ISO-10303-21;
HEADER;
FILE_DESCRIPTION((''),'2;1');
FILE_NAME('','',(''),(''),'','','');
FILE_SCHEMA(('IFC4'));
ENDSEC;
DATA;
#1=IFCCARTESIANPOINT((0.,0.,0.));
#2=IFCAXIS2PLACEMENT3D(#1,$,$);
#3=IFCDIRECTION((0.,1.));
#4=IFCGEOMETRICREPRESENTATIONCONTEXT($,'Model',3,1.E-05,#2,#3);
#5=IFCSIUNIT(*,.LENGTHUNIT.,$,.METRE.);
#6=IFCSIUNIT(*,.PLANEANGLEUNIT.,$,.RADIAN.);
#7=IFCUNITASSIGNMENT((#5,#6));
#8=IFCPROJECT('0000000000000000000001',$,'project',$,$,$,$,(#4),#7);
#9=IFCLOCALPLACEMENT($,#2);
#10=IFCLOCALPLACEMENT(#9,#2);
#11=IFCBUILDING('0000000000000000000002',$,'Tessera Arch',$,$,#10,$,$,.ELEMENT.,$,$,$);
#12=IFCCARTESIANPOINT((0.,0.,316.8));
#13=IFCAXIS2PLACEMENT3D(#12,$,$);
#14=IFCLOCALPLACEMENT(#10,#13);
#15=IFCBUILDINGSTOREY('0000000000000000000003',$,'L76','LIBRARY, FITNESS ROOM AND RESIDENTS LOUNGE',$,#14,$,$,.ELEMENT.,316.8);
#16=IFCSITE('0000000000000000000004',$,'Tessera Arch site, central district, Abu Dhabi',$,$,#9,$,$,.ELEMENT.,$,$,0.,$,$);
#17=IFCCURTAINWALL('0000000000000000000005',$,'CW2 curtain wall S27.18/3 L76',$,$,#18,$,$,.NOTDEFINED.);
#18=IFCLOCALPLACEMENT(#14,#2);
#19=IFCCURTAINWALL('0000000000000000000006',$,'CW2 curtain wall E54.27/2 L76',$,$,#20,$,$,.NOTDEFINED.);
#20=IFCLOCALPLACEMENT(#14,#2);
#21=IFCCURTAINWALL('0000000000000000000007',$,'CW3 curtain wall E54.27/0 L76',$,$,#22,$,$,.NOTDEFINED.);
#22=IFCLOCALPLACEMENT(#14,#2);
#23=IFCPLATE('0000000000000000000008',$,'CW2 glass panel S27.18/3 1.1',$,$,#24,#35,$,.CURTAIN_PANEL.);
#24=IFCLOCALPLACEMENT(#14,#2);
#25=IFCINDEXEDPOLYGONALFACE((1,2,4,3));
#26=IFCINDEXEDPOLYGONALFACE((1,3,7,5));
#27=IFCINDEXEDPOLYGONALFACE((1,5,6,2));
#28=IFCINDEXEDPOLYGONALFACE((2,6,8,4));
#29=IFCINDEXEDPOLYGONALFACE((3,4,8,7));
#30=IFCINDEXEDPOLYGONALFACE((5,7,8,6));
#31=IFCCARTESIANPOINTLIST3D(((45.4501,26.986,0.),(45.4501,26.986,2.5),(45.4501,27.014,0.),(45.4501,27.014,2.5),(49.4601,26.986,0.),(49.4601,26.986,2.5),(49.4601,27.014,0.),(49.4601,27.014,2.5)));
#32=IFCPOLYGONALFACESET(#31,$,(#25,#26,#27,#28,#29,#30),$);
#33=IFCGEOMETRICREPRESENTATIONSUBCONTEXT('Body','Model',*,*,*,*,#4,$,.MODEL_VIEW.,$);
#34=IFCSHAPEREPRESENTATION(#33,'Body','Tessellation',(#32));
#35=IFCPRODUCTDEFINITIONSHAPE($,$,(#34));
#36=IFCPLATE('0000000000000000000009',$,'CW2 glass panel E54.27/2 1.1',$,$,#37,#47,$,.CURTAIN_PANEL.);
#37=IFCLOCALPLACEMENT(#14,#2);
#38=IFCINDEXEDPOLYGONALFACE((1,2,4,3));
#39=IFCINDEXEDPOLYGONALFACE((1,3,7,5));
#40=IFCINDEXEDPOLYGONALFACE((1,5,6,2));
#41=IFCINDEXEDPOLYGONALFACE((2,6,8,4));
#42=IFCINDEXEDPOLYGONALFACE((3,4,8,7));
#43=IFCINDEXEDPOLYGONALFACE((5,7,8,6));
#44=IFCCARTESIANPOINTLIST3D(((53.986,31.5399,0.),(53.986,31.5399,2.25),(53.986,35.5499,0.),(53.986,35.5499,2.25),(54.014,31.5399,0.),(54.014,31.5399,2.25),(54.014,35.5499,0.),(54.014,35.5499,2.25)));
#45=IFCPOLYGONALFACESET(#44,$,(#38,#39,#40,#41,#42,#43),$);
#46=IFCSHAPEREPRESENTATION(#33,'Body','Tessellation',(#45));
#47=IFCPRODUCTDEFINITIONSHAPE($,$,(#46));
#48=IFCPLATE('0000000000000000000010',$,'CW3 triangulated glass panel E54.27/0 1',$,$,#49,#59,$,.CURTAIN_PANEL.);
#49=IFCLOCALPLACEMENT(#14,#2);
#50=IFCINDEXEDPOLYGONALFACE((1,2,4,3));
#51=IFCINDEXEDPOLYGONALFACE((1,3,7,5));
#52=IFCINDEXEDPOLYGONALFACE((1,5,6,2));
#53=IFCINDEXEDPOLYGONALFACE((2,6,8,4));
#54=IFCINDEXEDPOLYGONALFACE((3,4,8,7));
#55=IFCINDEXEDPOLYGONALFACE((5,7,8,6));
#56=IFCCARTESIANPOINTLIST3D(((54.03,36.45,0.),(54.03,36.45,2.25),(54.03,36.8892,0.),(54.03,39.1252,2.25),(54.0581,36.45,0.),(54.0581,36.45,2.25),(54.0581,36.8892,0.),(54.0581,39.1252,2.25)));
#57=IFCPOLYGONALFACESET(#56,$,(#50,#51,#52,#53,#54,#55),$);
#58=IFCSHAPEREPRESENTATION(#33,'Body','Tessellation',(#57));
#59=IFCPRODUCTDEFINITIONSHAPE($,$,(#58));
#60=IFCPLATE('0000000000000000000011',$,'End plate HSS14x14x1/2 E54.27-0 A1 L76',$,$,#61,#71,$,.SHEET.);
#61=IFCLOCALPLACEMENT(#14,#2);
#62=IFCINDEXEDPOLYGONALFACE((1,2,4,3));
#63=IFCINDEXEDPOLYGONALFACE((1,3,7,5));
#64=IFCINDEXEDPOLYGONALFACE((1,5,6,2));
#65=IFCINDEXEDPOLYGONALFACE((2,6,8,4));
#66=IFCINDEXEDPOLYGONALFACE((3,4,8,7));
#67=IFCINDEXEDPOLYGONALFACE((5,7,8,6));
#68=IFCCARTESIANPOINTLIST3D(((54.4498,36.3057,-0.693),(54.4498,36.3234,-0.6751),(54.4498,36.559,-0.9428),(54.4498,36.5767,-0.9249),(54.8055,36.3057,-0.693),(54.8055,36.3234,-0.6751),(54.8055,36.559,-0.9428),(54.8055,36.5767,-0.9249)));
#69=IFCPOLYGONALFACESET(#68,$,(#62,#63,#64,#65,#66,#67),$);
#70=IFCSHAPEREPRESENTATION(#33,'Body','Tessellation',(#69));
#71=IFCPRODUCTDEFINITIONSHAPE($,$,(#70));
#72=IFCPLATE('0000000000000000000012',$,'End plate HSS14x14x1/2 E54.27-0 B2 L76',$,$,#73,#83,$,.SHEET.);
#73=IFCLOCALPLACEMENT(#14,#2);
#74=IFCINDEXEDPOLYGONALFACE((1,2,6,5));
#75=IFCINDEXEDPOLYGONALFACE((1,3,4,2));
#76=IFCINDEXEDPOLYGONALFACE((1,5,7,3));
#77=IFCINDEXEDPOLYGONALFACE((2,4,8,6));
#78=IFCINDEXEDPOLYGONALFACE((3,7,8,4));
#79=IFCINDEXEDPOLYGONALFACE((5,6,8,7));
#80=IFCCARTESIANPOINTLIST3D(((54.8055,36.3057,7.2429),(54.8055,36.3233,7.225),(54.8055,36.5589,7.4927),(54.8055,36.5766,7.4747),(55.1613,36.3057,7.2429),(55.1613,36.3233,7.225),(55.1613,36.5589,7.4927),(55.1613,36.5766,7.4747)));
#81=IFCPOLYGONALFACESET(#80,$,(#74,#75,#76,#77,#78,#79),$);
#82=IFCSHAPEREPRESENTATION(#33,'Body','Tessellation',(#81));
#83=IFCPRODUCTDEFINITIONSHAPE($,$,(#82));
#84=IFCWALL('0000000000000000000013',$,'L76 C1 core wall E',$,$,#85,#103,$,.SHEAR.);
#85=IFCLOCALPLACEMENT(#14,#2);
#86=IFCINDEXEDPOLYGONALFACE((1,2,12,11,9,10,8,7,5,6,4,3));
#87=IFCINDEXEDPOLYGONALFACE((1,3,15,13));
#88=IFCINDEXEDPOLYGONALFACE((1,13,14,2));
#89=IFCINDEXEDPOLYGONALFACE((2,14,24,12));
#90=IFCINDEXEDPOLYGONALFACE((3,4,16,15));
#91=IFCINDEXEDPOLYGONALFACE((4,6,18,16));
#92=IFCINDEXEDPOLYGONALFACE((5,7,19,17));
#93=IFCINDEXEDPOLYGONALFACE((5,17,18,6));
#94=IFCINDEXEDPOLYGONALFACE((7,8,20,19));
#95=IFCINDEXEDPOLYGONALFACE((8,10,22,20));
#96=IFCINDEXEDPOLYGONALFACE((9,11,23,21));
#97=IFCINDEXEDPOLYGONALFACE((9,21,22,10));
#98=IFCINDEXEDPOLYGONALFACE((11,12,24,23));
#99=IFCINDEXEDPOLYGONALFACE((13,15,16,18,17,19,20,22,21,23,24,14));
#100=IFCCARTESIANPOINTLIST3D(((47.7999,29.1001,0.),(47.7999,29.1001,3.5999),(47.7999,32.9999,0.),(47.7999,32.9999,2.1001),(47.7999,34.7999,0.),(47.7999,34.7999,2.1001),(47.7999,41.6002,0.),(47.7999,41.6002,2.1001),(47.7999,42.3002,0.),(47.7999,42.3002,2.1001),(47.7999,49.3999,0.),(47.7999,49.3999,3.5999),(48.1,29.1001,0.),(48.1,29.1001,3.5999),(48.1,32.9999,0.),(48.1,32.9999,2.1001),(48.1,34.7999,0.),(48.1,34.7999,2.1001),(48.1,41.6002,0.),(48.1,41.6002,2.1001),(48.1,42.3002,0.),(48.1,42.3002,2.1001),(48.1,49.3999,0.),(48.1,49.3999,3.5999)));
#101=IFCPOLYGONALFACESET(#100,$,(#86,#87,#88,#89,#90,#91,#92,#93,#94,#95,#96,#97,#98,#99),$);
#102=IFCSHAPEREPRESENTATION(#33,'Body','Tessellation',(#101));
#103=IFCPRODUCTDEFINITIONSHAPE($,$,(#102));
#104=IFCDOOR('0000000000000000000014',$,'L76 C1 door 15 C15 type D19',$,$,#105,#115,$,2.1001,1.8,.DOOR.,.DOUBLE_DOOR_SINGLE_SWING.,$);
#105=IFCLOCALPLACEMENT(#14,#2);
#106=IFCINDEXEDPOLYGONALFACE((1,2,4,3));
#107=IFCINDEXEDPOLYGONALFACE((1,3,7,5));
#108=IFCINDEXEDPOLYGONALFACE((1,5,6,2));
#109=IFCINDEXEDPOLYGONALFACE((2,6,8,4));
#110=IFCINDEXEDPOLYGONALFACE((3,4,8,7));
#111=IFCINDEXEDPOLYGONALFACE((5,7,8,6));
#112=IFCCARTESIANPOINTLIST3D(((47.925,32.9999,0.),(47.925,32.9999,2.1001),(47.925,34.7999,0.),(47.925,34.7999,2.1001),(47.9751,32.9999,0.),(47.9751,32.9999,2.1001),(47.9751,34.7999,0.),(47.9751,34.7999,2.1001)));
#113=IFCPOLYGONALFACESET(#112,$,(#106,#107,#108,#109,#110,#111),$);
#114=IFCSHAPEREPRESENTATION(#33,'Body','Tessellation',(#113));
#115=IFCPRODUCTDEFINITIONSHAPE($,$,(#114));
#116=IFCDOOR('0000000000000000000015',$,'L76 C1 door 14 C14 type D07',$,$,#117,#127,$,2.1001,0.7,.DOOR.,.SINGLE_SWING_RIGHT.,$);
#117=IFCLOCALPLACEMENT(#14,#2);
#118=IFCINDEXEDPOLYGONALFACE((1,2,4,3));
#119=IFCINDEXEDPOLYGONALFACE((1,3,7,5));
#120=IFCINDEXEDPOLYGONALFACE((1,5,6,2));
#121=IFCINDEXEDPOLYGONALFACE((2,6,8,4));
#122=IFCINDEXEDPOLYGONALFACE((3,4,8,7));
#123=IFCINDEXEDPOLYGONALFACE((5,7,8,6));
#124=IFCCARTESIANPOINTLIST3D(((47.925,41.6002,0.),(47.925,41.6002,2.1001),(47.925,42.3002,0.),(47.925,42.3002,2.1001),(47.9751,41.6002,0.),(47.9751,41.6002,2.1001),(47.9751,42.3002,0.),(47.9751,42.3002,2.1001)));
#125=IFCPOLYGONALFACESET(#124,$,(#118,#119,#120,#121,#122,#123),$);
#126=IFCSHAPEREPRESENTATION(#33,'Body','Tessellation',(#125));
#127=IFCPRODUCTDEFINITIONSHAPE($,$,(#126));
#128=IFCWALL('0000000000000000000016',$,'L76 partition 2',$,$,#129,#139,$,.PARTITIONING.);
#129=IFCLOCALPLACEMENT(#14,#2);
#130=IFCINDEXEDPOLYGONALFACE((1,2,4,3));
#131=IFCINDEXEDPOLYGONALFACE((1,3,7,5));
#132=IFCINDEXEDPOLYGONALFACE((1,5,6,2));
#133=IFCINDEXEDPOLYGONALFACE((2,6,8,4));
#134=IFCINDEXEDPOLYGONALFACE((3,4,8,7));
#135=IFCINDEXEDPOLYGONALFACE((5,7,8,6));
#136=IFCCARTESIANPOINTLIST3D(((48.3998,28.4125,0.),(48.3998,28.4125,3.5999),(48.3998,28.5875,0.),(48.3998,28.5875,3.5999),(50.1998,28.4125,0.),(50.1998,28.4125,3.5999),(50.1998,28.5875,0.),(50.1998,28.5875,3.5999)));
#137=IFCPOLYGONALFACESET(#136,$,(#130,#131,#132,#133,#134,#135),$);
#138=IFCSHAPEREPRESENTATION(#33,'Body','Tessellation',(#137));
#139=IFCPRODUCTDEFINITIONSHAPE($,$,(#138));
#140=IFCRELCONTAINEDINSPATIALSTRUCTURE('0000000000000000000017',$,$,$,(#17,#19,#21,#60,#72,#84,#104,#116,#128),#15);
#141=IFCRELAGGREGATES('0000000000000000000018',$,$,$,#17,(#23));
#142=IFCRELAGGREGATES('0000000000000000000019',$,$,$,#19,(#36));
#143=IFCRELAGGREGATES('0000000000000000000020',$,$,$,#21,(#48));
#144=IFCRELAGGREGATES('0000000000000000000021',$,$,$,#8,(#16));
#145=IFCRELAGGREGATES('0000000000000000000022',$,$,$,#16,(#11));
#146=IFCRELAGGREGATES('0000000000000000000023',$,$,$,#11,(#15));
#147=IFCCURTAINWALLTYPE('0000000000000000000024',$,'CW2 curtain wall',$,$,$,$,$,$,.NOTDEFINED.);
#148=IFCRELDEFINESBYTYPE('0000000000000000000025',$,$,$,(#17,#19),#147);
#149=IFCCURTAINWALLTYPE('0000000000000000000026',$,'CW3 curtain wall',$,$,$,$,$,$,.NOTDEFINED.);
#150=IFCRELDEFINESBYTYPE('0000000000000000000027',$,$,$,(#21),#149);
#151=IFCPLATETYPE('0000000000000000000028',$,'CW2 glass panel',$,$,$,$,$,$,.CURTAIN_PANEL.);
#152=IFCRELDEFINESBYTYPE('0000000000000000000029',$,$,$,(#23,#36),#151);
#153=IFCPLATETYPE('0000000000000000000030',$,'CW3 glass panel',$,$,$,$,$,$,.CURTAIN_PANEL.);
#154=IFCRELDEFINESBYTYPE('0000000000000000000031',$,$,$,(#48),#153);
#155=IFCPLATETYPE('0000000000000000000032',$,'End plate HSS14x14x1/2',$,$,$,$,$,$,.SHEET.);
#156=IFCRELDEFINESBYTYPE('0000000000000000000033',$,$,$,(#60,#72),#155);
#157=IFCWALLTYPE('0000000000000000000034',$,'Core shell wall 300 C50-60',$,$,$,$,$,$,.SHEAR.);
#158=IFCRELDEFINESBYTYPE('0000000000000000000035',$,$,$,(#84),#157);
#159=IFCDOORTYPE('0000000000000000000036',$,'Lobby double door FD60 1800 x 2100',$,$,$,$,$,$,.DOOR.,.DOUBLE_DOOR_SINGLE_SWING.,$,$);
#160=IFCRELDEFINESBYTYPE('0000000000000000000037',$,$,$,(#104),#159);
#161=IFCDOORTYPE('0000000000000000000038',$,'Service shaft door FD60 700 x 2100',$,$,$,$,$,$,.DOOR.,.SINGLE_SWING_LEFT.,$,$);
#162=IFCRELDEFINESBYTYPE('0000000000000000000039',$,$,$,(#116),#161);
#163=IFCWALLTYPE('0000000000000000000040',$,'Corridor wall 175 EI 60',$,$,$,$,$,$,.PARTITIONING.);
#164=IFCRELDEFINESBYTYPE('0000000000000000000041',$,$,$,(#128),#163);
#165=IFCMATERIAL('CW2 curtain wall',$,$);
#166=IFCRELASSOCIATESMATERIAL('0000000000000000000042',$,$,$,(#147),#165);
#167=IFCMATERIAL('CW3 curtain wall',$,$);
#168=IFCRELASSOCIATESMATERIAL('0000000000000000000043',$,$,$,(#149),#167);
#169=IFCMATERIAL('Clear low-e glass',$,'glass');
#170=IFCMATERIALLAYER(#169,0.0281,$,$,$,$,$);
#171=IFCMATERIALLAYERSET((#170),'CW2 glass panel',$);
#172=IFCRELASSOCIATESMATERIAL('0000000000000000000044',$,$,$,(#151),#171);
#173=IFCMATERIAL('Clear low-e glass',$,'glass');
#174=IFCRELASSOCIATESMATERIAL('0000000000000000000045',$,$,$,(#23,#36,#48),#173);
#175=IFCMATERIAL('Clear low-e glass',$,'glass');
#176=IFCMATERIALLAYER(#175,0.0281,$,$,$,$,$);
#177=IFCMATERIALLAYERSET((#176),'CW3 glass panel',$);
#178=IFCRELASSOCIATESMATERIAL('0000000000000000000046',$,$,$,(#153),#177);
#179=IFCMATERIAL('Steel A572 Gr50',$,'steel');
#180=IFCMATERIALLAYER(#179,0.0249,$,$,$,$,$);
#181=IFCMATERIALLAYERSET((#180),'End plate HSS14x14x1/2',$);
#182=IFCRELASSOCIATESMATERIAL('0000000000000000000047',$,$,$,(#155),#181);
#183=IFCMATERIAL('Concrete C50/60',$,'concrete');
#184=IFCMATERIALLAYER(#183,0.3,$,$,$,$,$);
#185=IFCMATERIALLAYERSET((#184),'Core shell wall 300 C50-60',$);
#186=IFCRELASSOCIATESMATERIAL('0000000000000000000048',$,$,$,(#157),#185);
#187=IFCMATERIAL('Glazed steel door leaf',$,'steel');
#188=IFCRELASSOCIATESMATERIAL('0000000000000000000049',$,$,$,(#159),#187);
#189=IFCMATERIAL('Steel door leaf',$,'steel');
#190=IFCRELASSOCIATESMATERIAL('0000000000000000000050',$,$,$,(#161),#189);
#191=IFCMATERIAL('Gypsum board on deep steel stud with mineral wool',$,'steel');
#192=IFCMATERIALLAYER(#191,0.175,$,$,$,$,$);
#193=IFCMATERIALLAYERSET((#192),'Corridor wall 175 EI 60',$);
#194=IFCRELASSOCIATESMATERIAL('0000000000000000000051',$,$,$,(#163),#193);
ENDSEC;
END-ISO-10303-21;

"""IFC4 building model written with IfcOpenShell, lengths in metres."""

from ifc_helpers import new_model, si_unit, direction, frame, frame_2d, origin, origin_2d, place, context, subcontext, project, spatial, polyline, rectangle, outline, extrude, material, layer, layer_set, type_object, element, fill, aggregate, save


model = new_model("IFC4")

# Units and contexts
model_context = context("Model", 3, precision=1e-05, world=origin(), true_north=direction((0.0, 1.0)))
body_context = subcontext(model_context, "Body", "Model", "MODEL_VIEW")
ifc_project = project(units=[si_unit("LENGTHUNIT", "METRE"), si_unit("PLANEANGLEUNIT", "RADIAN")], contexts=[model_context])

# Site, building, storey
site_placement = place(None, origin())
site = spatial("IfcSite", under=ifc_project, at=site_placement, Name="Tessera Arch site, central district, Abu Dhabi", CompositionType="ELEMENT", RefElevation=0.0)
building_placement = place(site_placement, origin())
building = spatial("IfcBuilding", under=site, at=building_placement, Name="Tessera Arch", CompositionType="ELEMENT")
storey_placement = place(building_placement, frame((0.0, 0.0, 316.8)))
storey = spatial("IfcBuildingStorey", under=building, at=storey_placement, Name="L76", Description="LIBRARY, FITNESS ROOM AND RESIDENTS LOUNGE", CompositionType="ELEMENT", Elevation=316.8)

# Curtain walls
ifc_material_1 = material(Name="CW2 curtain wall")
curtain_wall_type_1 = type_object("IfcCurtainWallType", Name="CW2 curtain wall", PredefinedType="NOTDEFINED", material=ifc_material_1)
curtain_wall_1_placement = place(storey_placement, origin())
curtain_wall_1 = element("IfcCurtainWall", 1, at=curtain_wall_1_placement, inside=storey, type_object=curtain_wall_type_1, Name="CW2 curtain wall S27.18/3 L76", PredefinedType="NOTDEFINED")
curtain_wall_2_placement = place(storey_placement, origin())
curtain_wall_2 = element("IfcCurtainWall", 2, at=curtain_wall_2_placement, inside=storey, type_object=curtain_wall_type_1, Name="CW2 curtain wall E54.27/2 L76", PredefinedType="NOTDEFINED")
ifc_material_2 = material(Name="CW3 curtain wall")
curtain_wall_type_2 = type_object("IfcCurtainWallType", Name="CW3 curtain wall", PredefinedType="NOTDEFINED", material=ifc_material_2)
curtain_wall_3_placement = place(storey_placement, origin())
curtain_wall_3 = element("IfcCurtainWall", 3, at=curtain_wall_3_placement, inside=storey, type_object=curtain_wall_type_2, Name="CW3 curtain wall E54.27/0 L76", PredefinedType="NOTDEFINED")

# Plates
ifc_material_3 = material(Name="Clear low-e glass", Category="glass")
ifc_material_4 = material(Name="Clear low-e glass", Category="glass")
ifc_layer_1 = layer(ifc_material_4, 0.0281)
ifc_layer_set_1 = layer_set([ifc_layer_1], Name="CW2 glass panel")
plate_type_1 = type_object("IfcPlateType", Name="CW2 glass panel", PredefinedType="CURTAIN_PANEL", material=ifc_layer_set_1)
plate_1_placement = place(storey_placement, frame((47.4551, 27.0, 0.0), z_axis=(0.0, 0.0, 1.0), x_axis=(1.0, 0.0, 0.0)))
plate_1 = element("IfcPlate", 4, at=plate_1_placement, type_object=plate_type_1, material=ifc_material_3, Name="CW2 glass panel S27.18/3 1.1", PredefinedType="CURTAIN_PANEL", context=body_context, shape_type="SweptSolid", body=[
    extrude(rectangle(XDim=4.01, YDim=0.0281, at=origin_2d()), origin(), (0.0, 0.0, 1.0), 2.5),
])
aggregate(curtain_wall_1, [plate_1])
plate_2_placement = place(storey_placement, frame((54.0, 33.5449, 0.0), z_axis=(0.0, 0.0, 1.0), x_axis=(0.0, 1.0, 0.0)))
plate_2 = element("IfcPlate", 5, at=plate_2_placement, type_object=plate_type_1, material=ifc_material_3, Name="CW2 glass panel E54.27/2 1.1", PredefinedType="CURTAIN_PANEL", context=body_context, shape_type="SweptSolid", body=[
    extrude(rectangle(XDim=4.01, YDim=0.0281, at=origin_2d()), origin(), (0.0, 0.0, 1.0), 2.25),
])
aggregate(curtain_wall_2, [plate_2])
ifc_material_5 = material(Name="Clear low-e glass", Category="glass")
ifc_layer_2 = layer(ifc_material_5, 0.0281)
ifc_layer_set_2 = layer_set([ifc_layer_2], Name="CW3 glass panel")
plate_type_2 = type_object("IfcPlateType", Name="CW3 glass panel", PredefinedType="CURTAIN_PANEL", material=ifc_layer_set_2)
plate_3_placement = place(storey_placement, frame((54.0581, 36.45, 0.0), z_axis=(1.0, 0.0, 0.0), x_axis=(0.0, 1.0, 0.0)))
plate_3 = element("IfcPlate", 6, at=plate_3_placement, type_object=plate_type_2, material=ifc_material_3, Name="CW3 triangulated glass panel E54.27/0 1", PredefinedType="CURTAIN_PANEL", context=body_context, shape_type="SweptSolid", body=[
    extrude(outline(polyline([(0.0, 0.0), (0.4392, 0.0), (2.6753, 2.25), (0.0, 2.25), (0.0, 0.0)])), origin(), (0.0, 0.0, -1.0), 0.0281),
])
aggregate(curtain_wall_3, [plate_3])

# Plates
ifc_material_6 = material(Name="Steel A572 Gr50", Category="steel")
ifc_layer_3 = layer(ifc_material_6, 0.0249)
ifc_layer_set_3 = layer_set([ifc_layer_3], Name="End plate HSS14x14x1/2")
plate_type_3 = type_object("IfcPlateType", Name="End plate HSS14x14x1/2", PredefinedType="SHEET", material=ifc_layer_set_3)
for number, where, z_axis, x_axis, name in (
    (7, (54.6277, 36.4324, -0.8179), (0.0, 0.702213, 0.711966), (-1.0, 0.0, 0.0), "End plate HSS14x14x1/2 E54.27-0 A1 L76"),
    (8, (54.9834, 36.45, 7.3499), (0.0, -0.702213, 0.711966), (1.0, 0.0, 0.0), "End plate HSS14x14x1/2 E54.27-0 B2 L76"),
):
    element("IfcPlate", number, at=place(storey_placement, frame(where, z_axis=z_axis, x_axis=x_axis)), inside=storey, type_object=plate_type_3, Name=name, PredefinedType="SHEET", context=body_context, shape_type="SweptSolid", body=[
        extrude(rectangle(XDim=0.3557, YDim=0.3557, at=origin_2d()), origin(), (0.0, 0.0, 1.0), 0.0251),
    ])

# Wall, openings, doors
ifc_material_7 = material(Name="Concrete C50/60", Category="concrete")
ifc_layer_4 = layer(ifc_material_7, 0.3)
ifc_layer_set_4 = layer_set([ifc_layer_4], Name="Core shell wall 300 C50-60")
wall_type_1 = type_object("IfcWallType", Name="Core shell wall 300 C50-60", PredefinedType="SHEAR", material=ifc_layer_set_4)
wall_1_placement = place(storey_placement, frame((47.95, 29.1001, 0.0), z_axis=(0.0, 0.0, 1.0), x_axis=(0.0, 1.0, 0.0)))
wall_1 = element("IfcWall", 9, at=wall_1_placement, inside=storey, type_object=wall_type_1, Name="L76 C1 core wall E", PredefinedType="SHEAR", context=body_context, shape_type="SweptSolid", body=[
    extrude(rectangle(XDim=20.2998, YDim=0.3, at=frame_2d((10.1499, 0.0))), origin(), (0.0, 0.0, 1.0), 3.5999),
])
opening_1_placement = place(wall_1_placement, frame((12.5, 0.0, 0.0)))
opening_1 = element("IfcOpeningElement", 10, at=opening_1_placement, cuts=wall_1, PredefinedType="OPENING", context=body_context, shape_type="SweptSolid", body=[
    extrude(rectangle(XDim=0.7, YDim=2.1001, at=frame_2d((0.3501, 1.05))), frame((0.0, 0.1599, 0.0), z_axis=(0.0, -1.0, 0.0), x_axis=(1.0, 0.0, 0.0)), (0.0, 0.0, 1.0), 0.3201),
])
opening_2_placement = place(wall_1_placement, frame((3.8999, 0.0, 0.0)))
opening_2 = element("IfcOpeningElement", 11, at=opening_2_placement, cuts=wall_1, PredefinedType="OPENING", context=body_context, shape_type="SweptSolid", body=[
    extrude(rectangle(XDim=1.8, YDim=2.1001, at=frame_2d((0.8999, 1.05))), frame((0.0, 0.1599, 0.0), z_axis=(0.0, -1.0, 0.0), x_axis=(1.0, 0.0, 0.0)), (0.0, 0.0, 1.0), 0.3201),
])
ifc_material_8 = material(Name="Glazed steel door leaf", Category="steel")
door_type_1 = type_object("IfcDoorType", Name="Lobby double door FD60 1800 x 2100", OperationType="DOUBLE_DOOR_SINGLE_SWING", PredefinedType="DOOR", material=ifc_material_8)
door_1_placement = place(opening_2_placement, origin())
door_1 = element("IfcDoor", 12, at=door_1_placement, inside=storey, type_object=door_type_1, Name="L76 C1 door 15 C15 type D19", OperationType="DOUBLE_DOOR_SINGLE_SWING", OverallHeight=2.1001, OverallWidth=1.8, PredefinedType="DOOR", context=body_context, shape_type="SweptSolid", body=[
    extrude(rectangle(XDim=1.8, YDim=2.1001, at=frame_2d((0.8999, 1.05))), frame((0.0, 0.0249, 0.0), z_axis=(0.0, -1.0, 0.0), x_axis=(1.0, 0.0, 0.0)), (0.0, 0.0, 1.0), 0.05),
])
fill(opening_2, door_1)
ifc_material_9 = material(Name="Steel door leaf", Category="steel")
door_type_2 = type_object("IfcDoorType", Name="Service shaft door FD60 700 x 2100", OperationType="SINGLE_SWING_LEFT", PredefinedType="DOOR", material=ifc_material_9)
door_2_placement = place(opening_1_placement, origin())
door_2 = element("IfcDoor", 13, at=door_2_placement, inside=storey, type_object=door_type_2, Name="L76 C1 door 14 C14 type D07", OperationType="SINGLE_SWING_RIGHT", OverallHeight=2.1001, OverallWidth=0.7, PredefinedType="DOOR", context=body_context, shape_type="SweptSolid", body=[
    extrude(rectangle(XDim=0.7, YDim=2.1001, at=frame_2d((0.3501, 1.05))), frame((0.0, 0.0249, 0.0), z_axis=(0.0, -1.0, 0.0), x_axis=(1.0, 0.0, 0.0)), (0.0, 0.0, 1.0), 0.05),
])
fill(opening_1, door_2)

# Wall
ifc_material_10 = material(Name="Gypsum board on deep steel stud with mineral wool", Category="steel")
ifc_layer_5 = layer(ifc_material_10, 0.175)
ifc_layer_set_5 = layer_set([ifc_layer_5], Name="Corridor wall 175 EI 60")
wall_type_2 = type_object("IfcWallType", Name="Corridor wall 175 EI 60", PredefinedType="PARTITIONING", material=ifc_layer_set_5)
wall_2_placement = place(storey_placement, frame((48.3999, 28.5, 0.0), z_axis=(0.0, 0.0, 1.0), x_axis=(1.0, 0.0, 0.0)))
element("IfcWall", 14, at=wall_2_placement, inside=storey, type_object=wall_type_2, Name="L76 partition 2", PredefinedType="PARTITIONING", context=body_context, shape_type="SweptSolid", body=[
    extrude(rectangle(XDim=1.8, YDim=0.175, at=frame_2d((0.8999, 0.0))), origin(), (0.0, 0.0, 1.0), 3.5999),
])

save(model, "model.ifc")
